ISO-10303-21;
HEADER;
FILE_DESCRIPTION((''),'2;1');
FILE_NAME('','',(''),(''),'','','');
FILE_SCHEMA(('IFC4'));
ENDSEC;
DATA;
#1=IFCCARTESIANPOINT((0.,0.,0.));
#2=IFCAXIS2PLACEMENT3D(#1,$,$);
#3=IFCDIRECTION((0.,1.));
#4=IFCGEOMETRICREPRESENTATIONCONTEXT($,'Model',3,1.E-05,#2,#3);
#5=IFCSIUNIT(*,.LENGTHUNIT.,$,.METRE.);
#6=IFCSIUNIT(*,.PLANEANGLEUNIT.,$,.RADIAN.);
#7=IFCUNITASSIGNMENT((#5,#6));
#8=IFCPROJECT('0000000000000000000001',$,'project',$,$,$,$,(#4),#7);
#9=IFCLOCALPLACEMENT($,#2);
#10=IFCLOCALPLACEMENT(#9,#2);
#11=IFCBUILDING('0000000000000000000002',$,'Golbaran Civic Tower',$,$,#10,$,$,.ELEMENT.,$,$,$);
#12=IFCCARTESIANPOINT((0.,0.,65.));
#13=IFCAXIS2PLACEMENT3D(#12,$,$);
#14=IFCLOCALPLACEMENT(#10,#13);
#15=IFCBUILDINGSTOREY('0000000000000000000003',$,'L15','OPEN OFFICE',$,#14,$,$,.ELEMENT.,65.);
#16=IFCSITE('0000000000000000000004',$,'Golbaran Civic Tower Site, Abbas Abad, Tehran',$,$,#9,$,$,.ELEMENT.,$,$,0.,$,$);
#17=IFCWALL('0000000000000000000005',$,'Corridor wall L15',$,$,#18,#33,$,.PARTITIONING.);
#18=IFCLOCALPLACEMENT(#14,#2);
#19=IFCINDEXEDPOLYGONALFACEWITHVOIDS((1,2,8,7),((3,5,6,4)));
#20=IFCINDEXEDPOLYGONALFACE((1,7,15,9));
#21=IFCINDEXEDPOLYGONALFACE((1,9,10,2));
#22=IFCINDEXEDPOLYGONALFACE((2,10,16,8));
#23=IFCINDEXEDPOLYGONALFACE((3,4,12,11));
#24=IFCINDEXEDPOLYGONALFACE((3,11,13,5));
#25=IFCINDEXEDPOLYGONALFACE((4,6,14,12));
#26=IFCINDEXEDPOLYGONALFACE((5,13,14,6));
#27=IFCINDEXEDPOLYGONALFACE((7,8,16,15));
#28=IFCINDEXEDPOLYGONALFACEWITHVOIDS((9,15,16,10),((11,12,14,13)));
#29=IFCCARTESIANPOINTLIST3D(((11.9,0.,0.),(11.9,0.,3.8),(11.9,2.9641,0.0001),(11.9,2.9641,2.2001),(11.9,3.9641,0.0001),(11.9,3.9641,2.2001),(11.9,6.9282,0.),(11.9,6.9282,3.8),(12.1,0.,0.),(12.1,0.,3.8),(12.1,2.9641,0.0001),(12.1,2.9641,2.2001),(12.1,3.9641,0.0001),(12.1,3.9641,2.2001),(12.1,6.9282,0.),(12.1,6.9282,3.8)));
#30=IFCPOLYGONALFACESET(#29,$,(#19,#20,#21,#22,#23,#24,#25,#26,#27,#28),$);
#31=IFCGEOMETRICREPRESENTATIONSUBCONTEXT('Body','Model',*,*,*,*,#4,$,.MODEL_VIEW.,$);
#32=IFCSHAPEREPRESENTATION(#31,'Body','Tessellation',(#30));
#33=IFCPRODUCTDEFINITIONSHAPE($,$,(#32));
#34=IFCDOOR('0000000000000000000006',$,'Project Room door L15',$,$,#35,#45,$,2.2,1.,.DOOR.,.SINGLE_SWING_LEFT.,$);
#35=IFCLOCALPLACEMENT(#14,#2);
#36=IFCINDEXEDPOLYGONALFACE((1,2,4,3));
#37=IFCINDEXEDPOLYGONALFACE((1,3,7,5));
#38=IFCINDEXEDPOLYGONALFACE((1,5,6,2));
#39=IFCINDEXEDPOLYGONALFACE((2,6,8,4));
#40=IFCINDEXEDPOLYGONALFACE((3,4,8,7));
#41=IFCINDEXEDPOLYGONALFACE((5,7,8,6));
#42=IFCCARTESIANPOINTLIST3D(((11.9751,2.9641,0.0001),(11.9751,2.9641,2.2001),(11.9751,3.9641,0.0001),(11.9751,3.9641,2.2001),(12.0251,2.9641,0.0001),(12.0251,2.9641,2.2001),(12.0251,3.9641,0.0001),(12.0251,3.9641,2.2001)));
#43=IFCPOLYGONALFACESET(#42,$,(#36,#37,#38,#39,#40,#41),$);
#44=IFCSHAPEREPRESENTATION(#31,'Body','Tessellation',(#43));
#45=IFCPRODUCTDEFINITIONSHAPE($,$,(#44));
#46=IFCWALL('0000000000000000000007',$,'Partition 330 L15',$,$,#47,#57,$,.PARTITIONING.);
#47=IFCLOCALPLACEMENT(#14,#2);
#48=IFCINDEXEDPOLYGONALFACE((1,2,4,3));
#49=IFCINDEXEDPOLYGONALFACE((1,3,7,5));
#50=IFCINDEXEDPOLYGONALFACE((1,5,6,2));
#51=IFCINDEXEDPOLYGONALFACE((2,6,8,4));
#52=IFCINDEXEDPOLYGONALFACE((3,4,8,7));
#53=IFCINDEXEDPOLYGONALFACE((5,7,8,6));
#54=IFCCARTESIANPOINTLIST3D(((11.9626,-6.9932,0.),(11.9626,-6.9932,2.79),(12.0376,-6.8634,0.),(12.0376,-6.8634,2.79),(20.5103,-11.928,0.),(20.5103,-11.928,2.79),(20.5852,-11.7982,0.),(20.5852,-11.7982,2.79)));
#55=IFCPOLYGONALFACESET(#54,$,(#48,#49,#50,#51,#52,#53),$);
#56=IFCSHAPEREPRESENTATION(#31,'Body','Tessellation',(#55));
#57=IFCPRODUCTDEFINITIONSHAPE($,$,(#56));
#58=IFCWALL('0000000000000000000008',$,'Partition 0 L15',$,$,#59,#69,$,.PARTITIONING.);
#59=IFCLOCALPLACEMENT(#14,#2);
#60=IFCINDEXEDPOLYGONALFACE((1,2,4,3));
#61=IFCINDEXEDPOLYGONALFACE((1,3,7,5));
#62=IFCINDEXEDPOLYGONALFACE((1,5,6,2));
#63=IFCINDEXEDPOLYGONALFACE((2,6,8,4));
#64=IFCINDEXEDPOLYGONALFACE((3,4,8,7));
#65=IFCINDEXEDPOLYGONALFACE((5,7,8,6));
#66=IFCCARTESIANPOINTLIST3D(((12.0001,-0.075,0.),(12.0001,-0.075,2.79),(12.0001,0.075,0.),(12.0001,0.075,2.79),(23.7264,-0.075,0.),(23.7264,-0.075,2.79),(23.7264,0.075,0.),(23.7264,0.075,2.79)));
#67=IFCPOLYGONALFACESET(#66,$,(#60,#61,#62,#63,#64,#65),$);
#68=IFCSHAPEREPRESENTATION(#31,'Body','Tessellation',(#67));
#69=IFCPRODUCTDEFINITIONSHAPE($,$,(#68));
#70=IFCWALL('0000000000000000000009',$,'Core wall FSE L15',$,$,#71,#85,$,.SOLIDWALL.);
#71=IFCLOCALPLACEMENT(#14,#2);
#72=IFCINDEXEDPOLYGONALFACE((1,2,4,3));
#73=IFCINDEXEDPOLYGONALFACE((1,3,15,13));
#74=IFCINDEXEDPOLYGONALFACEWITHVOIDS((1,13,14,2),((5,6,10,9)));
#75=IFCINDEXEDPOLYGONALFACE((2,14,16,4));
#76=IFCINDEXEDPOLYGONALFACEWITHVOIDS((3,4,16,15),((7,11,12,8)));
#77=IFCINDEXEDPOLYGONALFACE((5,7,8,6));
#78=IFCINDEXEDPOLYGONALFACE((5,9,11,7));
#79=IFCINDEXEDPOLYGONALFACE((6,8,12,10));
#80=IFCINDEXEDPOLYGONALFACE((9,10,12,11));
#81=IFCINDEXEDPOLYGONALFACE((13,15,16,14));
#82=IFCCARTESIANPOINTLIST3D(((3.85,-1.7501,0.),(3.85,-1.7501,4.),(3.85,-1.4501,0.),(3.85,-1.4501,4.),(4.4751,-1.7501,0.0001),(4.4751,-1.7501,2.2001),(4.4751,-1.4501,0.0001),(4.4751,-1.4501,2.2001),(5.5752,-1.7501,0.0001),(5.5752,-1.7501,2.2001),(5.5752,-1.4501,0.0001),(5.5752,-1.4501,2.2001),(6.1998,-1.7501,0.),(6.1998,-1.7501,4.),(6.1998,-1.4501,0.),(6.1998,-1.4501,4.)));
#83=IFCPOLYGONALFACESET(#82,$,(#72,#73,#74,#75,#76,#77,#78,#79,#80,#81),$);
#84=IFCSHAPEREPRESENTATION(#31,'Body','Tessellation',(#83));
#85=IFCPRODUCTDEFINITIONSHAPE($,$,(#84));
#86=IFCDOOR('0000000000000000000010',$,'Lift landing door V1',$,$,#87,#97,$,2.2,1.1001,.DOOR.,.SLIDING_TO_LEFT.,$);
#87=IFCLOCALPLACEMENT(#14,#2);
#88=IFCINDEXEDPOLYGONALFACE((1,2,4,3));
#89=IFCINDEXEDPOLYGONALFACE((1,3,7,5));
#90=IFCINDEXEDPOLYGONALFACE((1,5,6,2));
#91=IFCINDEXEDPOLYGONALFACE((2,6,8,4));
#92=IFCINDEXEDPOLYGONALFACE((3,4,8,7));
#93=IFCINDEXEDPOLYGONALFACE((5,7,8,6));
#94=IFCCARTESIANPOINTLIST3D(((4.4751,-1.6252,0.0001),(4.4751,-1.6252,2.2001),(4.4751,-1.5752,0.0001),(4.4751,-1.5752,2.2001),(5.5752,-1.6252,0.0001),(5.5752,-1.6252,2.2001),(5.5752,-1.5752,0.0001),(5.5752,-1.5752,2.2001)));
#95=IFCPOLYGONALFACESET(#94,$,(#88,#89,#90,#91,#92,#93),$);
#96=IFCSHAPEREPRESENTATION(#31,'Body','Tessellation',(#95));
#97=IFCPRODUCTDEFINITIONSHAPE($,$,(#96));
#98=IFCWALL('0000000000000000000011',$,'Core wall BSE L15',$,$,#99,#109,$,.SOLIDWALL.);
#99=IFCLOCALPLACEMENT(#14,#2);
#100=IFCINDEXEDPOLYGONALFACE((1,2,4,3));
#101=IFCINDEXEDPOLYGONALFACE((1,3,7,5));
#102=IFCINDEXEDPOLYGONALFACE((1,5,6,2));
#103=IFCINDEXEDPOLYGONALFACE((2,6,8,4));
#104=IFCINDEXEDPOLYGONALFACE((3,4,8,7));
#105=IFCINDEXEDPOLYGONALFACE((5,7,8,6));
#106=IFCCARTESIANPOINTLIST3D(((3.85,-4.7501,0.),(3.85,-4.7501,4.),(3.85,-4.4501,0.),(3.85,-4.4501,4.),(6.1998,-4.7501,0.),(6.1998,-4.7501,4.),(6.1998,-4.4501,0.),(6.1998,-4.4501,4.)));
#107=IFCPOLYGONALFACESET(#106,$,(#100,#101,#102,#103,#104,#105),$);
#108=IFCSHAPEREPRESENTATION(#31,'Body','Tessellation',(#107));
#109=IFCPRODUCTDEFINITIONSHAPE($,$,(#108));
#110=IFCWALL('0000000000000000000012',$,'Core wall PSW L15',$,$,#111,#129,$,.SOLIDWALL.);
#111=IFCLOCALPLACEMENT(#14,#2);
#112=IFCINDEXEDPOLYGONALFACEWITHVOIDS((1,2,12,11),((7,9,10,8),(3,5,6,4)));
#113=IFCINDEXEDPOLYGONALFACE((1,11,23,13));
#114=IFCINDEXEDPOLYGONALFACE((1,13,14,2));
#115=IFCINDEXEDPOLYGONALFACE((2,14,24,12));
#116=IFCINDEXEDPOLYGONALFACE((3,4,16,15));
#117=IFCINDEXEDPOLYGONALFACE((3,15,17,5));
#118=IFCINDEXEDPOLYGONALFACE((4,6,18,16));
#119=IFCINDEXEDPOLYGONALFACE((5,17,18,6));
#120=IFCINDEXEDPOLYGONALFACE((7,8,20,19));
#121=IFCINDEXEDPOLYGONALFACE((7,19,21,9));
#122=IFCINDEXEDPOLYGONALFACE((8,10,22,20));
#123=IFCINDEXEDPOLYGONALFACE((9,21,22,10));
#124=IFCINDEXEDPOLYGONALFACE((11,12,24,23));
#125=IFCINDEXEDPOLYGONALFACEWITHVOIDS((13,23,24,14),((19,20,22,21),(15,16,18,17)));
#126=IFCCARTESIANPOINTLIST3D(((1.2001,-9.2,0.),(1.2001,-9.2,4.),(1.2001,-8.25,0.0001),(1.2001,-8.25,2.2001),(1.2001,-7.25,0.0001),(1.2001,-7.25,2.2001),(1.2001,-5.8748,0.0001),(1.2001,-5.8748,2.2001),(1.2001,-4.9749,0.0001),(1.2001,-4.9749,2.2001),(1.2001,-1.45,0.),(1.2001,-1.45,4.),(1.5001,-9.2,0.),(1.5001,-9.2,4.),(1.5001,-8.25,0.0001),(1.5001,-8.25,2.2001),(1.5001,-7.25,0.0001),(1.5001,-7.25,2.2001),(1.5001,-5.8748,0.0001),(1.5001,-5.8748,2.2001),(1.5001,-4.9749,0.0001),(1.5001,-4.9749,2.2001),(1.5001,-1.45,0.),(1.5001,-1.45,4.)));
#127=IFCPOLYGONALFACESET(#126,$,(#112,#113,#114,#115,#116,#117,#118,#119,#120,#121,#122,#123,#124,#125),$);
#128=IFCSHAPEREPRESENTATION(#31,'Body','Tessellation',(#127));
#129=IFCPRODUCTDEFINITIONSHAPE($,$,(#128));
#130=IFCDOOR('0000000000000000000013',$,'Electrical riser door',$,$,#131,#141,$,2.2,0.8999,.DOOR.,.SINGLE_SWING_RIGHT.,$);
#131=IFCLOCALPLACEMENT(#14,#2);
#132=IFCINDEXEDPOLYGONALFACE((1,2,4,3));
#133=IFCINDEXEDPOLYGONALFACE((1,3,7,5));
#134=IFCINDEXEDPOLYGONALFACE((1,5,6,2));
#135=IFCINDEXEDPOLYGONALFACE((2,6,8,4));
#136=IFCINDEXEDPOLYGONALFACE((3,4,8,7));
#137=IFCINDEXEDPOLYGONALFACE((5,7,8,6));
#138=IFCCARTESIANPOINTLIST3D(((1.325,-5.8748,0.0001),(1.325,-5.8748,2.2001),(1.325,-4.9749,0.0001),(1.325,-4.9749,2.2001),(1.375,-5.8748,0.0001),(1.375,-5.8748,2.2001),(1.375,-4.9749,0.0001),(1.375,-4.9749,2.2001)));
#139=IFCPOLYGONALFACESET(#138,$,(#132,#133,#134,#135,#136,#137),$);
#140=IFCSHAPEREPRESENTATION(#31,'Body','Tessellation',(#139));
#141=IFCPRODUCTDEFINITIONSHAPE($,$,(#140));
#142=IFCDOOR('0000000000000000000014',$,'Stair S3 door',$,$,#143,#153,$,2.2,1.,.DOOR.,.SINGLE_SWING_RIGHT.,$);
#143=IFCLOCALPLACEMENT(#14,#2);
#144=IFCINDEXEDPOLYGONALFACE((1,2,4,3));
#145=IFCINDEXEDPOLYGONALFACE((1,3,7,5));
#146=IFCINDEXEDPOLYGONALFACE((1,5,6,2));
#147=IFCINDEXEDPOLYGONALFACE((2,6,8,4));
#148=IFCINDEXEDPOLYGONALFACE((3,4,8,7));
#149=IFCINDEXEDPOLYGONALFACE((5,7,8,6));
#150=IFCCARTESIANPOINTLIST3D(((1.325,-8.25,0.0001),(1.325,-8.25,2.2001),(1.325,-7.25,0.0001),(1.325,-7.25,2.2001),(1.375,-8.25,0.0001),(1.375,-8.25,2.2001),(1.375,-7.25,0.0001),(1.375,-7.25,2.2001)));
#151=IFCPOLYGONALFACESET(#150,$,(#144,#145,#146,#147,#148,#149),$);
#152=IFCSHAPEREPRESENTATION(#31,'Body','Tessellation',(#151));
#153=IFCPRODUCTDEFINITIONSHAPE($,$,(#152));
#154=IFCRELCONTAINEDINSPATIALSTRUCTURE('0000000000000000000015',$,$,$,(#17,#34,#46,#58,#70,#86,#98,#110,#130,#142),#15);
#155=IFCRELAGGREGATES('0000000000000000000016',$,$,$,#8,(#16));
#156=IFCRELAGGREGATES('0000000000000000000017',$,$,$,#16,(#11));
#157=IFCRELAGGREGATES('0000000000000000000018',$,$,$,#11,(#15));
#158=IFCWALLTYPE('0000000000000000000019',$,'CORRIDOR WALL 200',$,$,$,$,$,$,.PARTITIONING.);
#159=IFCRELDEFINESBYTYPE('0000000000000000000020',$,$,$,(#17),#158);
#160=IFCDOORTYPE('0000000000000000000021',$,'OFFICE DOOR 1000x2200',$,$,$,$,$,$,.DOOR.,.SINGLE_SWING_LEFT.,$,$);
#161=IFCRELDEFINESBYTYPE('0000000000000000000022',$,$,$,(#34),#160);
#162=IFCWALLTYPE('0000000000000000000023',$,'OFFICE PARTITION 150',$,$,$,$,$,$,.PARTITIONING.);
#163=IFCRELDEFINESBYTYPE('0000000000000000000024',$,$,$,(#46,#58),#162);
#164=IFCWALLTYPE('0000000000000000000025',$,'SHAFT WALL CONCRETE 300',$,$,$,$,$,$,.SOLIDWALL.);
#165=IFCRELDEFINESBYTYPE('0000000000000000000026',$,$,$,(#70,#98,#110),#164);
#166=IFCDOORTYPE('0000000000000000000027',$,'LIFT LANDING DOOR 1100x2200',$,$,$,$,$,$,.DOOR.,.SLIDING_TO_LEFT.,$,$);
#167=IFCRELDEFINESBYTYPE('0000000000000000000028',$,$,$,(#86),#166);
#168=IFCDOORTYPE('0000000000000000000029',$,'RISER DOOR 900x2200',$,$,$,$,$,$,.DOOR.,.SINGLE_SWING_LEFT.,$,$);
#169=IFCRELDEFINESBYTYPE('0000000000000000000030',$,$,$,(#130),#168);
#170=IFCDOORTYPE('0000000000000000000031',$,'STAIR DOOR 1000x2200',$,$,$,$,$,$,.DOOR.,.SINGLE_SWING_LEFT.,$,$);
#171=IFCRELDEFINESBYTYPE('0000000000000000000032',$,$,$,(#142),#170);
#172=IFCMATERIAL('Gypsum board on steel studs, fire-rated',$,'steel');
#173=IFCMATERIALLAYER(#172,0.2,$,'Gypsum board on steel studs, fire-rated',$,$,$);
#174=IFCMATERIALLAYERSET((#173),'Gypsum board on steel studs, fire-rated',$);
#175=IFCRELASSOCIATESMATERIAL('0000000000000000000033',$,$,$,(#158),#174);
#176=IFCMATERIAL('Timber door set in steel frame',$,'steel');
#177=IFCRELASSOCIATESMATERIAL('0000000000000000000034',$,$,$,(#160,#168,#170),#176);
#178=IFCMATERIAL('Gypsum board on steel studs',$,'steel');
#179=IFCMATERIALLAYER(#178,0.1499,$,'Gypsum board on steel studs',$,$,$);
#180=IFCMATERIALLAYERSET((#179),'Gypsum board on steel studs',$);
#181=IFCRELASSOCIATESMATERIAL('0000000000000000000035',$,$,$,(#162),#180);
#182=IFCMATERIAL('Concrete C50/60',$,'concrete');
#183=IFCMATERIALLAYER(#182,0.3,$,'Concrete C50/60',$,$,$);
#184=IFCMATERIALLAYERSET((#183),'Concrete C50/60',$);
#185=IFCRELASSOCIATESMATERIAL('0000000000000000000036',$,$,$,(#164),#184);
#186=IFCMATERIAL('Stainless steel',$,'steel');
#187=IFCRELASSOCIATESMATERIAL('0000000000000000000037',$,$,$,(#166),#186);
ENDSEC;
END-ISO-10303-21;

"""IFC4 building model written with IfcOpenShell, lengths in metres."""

from ifc_helpers import new_model, si_unit, direction, frame, frame_2d, origin, place, context, subcontext, project, spatial, rectangle, extrude, material, layer, layer_set, type_object, element, fill, save


model = new_model("IFC4")

# Units and contexts
model_context = context("Model", 3, precision=1e-05, world=origin(), true_north=direction((0.0, 1.0)))
body_context = subcontext(model_context, "Body", "Model", "MODEL_VIEW")
ifc_project = project(units=[si_unit("LENGTHUNIT", "METRE"), si_unit("PLANEANGLEUNIT", "RADIAN")], contexts=[model_context])

# Site, building, storey
site_placement = place(None, origin())
site = spatial("IfcSite", under=ifc_project, at=site_placement, Name="Golbaran Civic Tower Site, Abbas Abad, Tehran", CompositionType="ELEMENT", RefElevation=0.0)
building_placement = place(site_placement, origin())
building = spatial("IfcBuilding", under=site, at=building_placement, Name="Golbaran Civic Tower", CompositionType="ELEMENT")
storey_placement = place(building_placement, frame((0.0, 0.0, 65.0)))
storey = spatial("IfcBuildingStorey", under=building, at=storey_placement, Name="L15", Description="OPEN OFFICE", CompositionType="ELEMENT", Elevation=65.0)

# Wall, opening, door
ifc_material_1 = material(Name="Gypsum board on steel studs, fire-rated", Category="steel")
ifc_layer_1 = layer(ifc_material_1, 0.2, Name="Gypsum board on steel studs, fire-rated")
ifc_layer_set_1 = layer_set([ifc_layer_1], Name="Gypsum board on steel studs, fire-rated")
wall_type_1 = type_object("IfcWallType", Name="CORRIDOR WALL 200", PredefinedType="PARTITIONING", material=ifc_layer_set_1)
ifc_material_2 = material(Name="Timber door set in steel frame", Category="steel")
wall_1_placement = place(storey_placement, frame((12.0, 0.0, 0.0), z_axis=(0.0, 0.0, 1.0), x_axis=(0.0, 1.0, 0.0)))
wall_1 = element("IfcWall", 1, at=wall_1_placement, inside=storey, type_object=wall_type_1, Name="Corridor wall L15", PredefinedType="PARTITIONING", context=body_context, shape_type="SweptSolid", body=[
    extrude(rectangle(XDim=6.9282, YDim=0.2, at=frame_2d((3.4641, 0.0))), origin(), (0.0, 0.0, 1.0), 3.8),
])
opening_1_placement = place(wall_1_placement, frame((2.9641, 0.0, 0.0)))
opening_1 = element("IfcOpeningElement", 2, at=opening_1_placement, cuts=wall_1, PredefinedType="OPENING", context=body_context, shape_type="SweptSolid", body=[
    extrude(rectangle(XDim=1.0, YDim=2.2, at=frame_2d((0.5, 1.1001))), frame((0.0, 0.1099, 0.0), z_axis=(0.0, -1.0, 0.0), x_axis=(1.0, 0.0, 0.0)), (0.0, 0.0, 1.0), 0.22),
])
door_type_1 = type_object("IfcDoorType", Name="OFFICE DOOR 1000x2200", OperationType="SINGLE_SWING_LEFT", PredefinedType="DOOR", material=ifc_material_2)
door_1_placement = place(opening_1_placement, origin())
door_1 = element("IfcDoor", 3, at=door_1_placement, inside=storey, type_object=door_type_1, Name="Project Room door L15", OperationType="SINGLE_SWING_LEFT", OverallHeight=2.2, OverallWidth=1.0, PredefinedType="DOOR", context=body_context, shape_type="SweptSolid", body=[
    extrude(rectangle(XDim=1.0, YDim=2.2, at=frame_2d((0.5, 1.1001))), frame((0.0, 0.0249, 0.0), z_axis=(0.0, -1.0, 0.0), x_axis=(1.0, 0.0, 0.0)), (0.0, 0.0, 1.0), 0.05),
])
fill(opening_1, door_1)

# Walls
ifc_material_3 = material(Name="Gypsum board on steel studs", Category="steel")
ifc_layer_2 = layer(ifc_material_3, 0.1499, Name="Gypsum board on steel studs")
ifc_layer_set_2 = layer_set([ifc_layer_2], Name="Gypsum board on steel studs")
wall_type_2 = type_object("IfcWallType", Name="OFFICE PARTITION 150", PredefinedType="PARTITIONING", material=ifc_layer_set_2)
wall_2_placement = place(storey_placement, frame((12.0, -6.9282, 0.0), z_axis=(0.0, 0.0, 1.0), x_axis=(0.866032, -0.499989, 0.0)))
element("IfcWall", 4, at=wall_2_placement, inside=storey, type_object=wall_type_2, Name="Partition 330 L15", PredefinedType="PARTITIONING", context=body_context, shape_type="SweptSolid", body=[
    extrude(rectangle(XDim=9.8699, YDim=0.1499, at=frame_2d((4.9351, 0.0))), origin(), (0.0, 0.0, 1.0), 2.79),
])
wall_3_placement = place(storey_placement, frame((12.0, 0.0, 0.0), z_axis=(0.0, 0.0, 1.0), x_axis=(1.0, 0.0, 0.0)))
element("IfcWall", 5, at=wall_3_placement, inside=storey, type_object=wall_type_2, Name="Partition 0 L15", PredefinedType="PARTITIONING", context=body_context, shape_type="SweptSolid", body=[
    extrude(rectangle(XDim=11.7263, YDim=0.1499, at=frame_2d((5.8633, 0.0))), origin(), (0.0, 0.0, 1.0), 2.79),
])

# Wall, opening, door
ifc_material_4 = material(Name="Concrete C50/60", Category="concrete")
ifc_layer_3 = layer(ifc_material_4, 0.3, Name="Concrete C50/60")
ifc_layer_set_3 = layer_set([ifc_layer_3], Name="Concrete C50/60")
wall_type_3 = type_object("IfcWallType", Name="SHAFT WALL CONCRETE 300", PredefinedType="SOLIDWALL", material=ifc_layer_set_3)
wall_4_placement = place(storey_placement, frame((3.8501, -1.6001, 0.0), z_axis=(0.0, 0.0, 1.0), x_axis=(1.0, 0.0, 0.0)))
wall_4 = element("IfcWall", 6, at=wall_4_placement, inside=storey, type_object=wall_type_3, Name="Core wall FSE L15", PredefinedType="SOLIDWALL", context=body_context, shape_type="SweptSolid", body=[
    extrude(rectangle(XDim=2.3499, YDim=0.3, at=frame_2d((1.1748, 0.0))), origin(), (0.0, 0.0, 1.0), 4.0),
])
opening_2_placement = place(wall_4_placement, frame((0.625, 0.0, 0.0)))
opening_2 = element("IfcOpeningElement", 7, at=opening_2_placement, cuts=wall_4, PredefinedType="OPENING", context=body_context, shape_type="SweptSolid", body=[
    extrude(rectangle(XDim=1.1001, YDim=2.2, at=frame_2d((0.55, 1.1001))), frame((0.0, 0.1599, 0.0), z_axis=(0.0, -1.0, 0.0), x_axis=(1.0, 0.0, 0.0)), (0.0, 0.0, 1.0), 0.3201),
])
ifc_material_5 = material(Name="Stainless steel", Category="steel")
door_type_2 = type_object("IfcDoorType", Name="LIFT LANDING DOOR 1100x2200", OperationType="SLIDING_TO_LEFT", PredefinedType="DOOR", material=ifc_material_5)
door_2_placement = place(opening_2_placement, origin())
door_2 = element("IfcDoor", 8, at=door_2_placement, inside=storey, type_object=door_type_2, Name="Lift landing door V1", OperationType="SLIDING_TO_LEFT", OverallHeight=2.2, OverallWidth=1.1001, PredefinedType="DOOR", context=body_context, shape_type="SweptSolid", body=[
    extrude(rectangle(XDim=1.1001, YDim=2.2, at=frame_2d((0.55, 1.1001))), frame((0.0, 0.0249, 0.0), z_axis=(0.0, -1.0, 0.0), x_axis=(1.0, 0.0, 0.0)), (0.0, 0.0, 1.0), 0.05),
])
fill(opening_2, door_2)

# Wall
wall_5_placement = place(storey_placement, frame((3.8501, -4.6001, 0.0), z_axis=(0.0, 0.0, 1.0), x_axis=(1.0, 0.0, 0.0)))
element("IfcWall", 9, at=wall_5_placement, inside=storey, type_object=wall_type_3, Name="Core wall BSE L15", PredefinedType="SOLIDWALL", context=body_context, shape_type="SweptSolid", body=[
    extrude(rectangle(XDim=2.3499, YDim=0.3, at=frame_2d((1.1748, 0.0))), origin(), (0.0, 0.0, 1.0), 4.0),
])

# Wall, openings, doors
wall_6_placement = place(storey_placement, frame((1.3501, -1.45, 0.0), z_axis=(0.0, 0.0, 1.0), x_axis=(0.0, -1.0, 0.0)))
wall_6 = element("IfcWall", 10, at=wall_6_placement, inside=storey, type_object=wall_type_3, Name="Core wall PSW L15", PredefinedType="SOLIDWALL", context=body_context, shape_type="SweptSolid", body=[
    extrude(rectangle(XDim=7.75, YDim=0.3, at=frame_2d((3.875, 0.0))), origin(), (0.0, 0.0, 1.0), 4.0),
])
opening_3_placement = place(wall_6_placement, frame((5.8, 0.0, 0.0)))
opening_3 = element("IfcOpeningElement", 11, at=opening_3_placement, cuts=wall_6, PredefinedType="OPENING", context=body_context, shape_type="SweptSolid", body=[
    extrude(rectangle(XDim=1.0, YDim=2.2, at=frame_2d((0.5, 1.1001))), frame((0.0, 0.1599, 0.0), z_axis=(0.0, -1.0, 0.0), x_axis=(1.0, 0.0, 0.0)), (0.0, 0.0, 1.0), 0.3201),
])
opening_4_placement = place(wall_6_placement, frame((3.5249, 0.0, 0.0)))
opening_4 = element("IfcOpeningElement", 12, at=opening_4_placement, cuts=wall_6, PredefinedType="OPENING", context=body_context, shape_type="SweptSolid", body=[
    extrude(rectangle(XDim=0.8999, YDim=2.2, at=frame_2d((0.45, 1.1001))), frame((0.0, 0.1599, 0.0), z_axis=(0.0, -1.0, 0.0), x_axis=(1.0, 0.0, 0.0)), (0.0, 0.0, 1.0), 0.3201),
])
door_type_3 = type_object("IfcDoorType", Name="RISER DOOR 900x2200", OperationType="SINGLE_SWING_LEFT", PredefinedType="DOOR", material=ifc_material_2)
door_3_placement = place(opening_4_placement, origin())
door_3 = element("IfcDoor", 13, at=door_3_placement, inside=storey, type_object=door_type_3, Name="Electrical riser door", OperationType="SINGLE_SWING_RIGHT", OverallHeight=2.2, OverallWidth=0.8999, PredefinedType="DOOR", context=body_context, shape_type="SweptSolid", body=[
    extrude(rectangle(XDim=0.8999, YDim=2.2, at=frame_2d((0.45, 1.1001))), frame((0.0, 0.0249, 0.0), z_axis=(0.0, -1.0, 0.0), x_axis=(1.0, 0.0, 0.0)), (0.0, 0.0, 1.0), 0.05),
])
fill(opening_4, door_3)
door_type_4 = type_object("IfcDoorType", Name="STAIR DOOR 1000x2200", OperationType="SINGLE_SWING_LEFT", PredefinedType="DOOR", material=ifc_material_2)
door_4_placement = place(opening_3_placement, origin())
door_4 = element("IfcDoor", 14, at=door_4_placement, inside=storey, type_object=door_type_4, Name="Stair S3 door", OperationType="SINGLE_SWING_RIGHT", OverallHeight=2.2, OverallWidth=1.0, PredefinedType="DOOR", context=body_context, shape_type="SweptSolid", body=[
    extrude(rectangle(XDim=1.0, YDim=2.2, at=frame_2d((0.5, 1.1001))), frame((0.0, 0.0249, 0.0), z_axis=(0.0, -1.0, 0.0), x_axis=(1.0, 0.0, 0.0)), (0.0, 0.0, 1.0), 0.05),
])
fill(opening_3, door_4)

save(model, "model.ifc")
